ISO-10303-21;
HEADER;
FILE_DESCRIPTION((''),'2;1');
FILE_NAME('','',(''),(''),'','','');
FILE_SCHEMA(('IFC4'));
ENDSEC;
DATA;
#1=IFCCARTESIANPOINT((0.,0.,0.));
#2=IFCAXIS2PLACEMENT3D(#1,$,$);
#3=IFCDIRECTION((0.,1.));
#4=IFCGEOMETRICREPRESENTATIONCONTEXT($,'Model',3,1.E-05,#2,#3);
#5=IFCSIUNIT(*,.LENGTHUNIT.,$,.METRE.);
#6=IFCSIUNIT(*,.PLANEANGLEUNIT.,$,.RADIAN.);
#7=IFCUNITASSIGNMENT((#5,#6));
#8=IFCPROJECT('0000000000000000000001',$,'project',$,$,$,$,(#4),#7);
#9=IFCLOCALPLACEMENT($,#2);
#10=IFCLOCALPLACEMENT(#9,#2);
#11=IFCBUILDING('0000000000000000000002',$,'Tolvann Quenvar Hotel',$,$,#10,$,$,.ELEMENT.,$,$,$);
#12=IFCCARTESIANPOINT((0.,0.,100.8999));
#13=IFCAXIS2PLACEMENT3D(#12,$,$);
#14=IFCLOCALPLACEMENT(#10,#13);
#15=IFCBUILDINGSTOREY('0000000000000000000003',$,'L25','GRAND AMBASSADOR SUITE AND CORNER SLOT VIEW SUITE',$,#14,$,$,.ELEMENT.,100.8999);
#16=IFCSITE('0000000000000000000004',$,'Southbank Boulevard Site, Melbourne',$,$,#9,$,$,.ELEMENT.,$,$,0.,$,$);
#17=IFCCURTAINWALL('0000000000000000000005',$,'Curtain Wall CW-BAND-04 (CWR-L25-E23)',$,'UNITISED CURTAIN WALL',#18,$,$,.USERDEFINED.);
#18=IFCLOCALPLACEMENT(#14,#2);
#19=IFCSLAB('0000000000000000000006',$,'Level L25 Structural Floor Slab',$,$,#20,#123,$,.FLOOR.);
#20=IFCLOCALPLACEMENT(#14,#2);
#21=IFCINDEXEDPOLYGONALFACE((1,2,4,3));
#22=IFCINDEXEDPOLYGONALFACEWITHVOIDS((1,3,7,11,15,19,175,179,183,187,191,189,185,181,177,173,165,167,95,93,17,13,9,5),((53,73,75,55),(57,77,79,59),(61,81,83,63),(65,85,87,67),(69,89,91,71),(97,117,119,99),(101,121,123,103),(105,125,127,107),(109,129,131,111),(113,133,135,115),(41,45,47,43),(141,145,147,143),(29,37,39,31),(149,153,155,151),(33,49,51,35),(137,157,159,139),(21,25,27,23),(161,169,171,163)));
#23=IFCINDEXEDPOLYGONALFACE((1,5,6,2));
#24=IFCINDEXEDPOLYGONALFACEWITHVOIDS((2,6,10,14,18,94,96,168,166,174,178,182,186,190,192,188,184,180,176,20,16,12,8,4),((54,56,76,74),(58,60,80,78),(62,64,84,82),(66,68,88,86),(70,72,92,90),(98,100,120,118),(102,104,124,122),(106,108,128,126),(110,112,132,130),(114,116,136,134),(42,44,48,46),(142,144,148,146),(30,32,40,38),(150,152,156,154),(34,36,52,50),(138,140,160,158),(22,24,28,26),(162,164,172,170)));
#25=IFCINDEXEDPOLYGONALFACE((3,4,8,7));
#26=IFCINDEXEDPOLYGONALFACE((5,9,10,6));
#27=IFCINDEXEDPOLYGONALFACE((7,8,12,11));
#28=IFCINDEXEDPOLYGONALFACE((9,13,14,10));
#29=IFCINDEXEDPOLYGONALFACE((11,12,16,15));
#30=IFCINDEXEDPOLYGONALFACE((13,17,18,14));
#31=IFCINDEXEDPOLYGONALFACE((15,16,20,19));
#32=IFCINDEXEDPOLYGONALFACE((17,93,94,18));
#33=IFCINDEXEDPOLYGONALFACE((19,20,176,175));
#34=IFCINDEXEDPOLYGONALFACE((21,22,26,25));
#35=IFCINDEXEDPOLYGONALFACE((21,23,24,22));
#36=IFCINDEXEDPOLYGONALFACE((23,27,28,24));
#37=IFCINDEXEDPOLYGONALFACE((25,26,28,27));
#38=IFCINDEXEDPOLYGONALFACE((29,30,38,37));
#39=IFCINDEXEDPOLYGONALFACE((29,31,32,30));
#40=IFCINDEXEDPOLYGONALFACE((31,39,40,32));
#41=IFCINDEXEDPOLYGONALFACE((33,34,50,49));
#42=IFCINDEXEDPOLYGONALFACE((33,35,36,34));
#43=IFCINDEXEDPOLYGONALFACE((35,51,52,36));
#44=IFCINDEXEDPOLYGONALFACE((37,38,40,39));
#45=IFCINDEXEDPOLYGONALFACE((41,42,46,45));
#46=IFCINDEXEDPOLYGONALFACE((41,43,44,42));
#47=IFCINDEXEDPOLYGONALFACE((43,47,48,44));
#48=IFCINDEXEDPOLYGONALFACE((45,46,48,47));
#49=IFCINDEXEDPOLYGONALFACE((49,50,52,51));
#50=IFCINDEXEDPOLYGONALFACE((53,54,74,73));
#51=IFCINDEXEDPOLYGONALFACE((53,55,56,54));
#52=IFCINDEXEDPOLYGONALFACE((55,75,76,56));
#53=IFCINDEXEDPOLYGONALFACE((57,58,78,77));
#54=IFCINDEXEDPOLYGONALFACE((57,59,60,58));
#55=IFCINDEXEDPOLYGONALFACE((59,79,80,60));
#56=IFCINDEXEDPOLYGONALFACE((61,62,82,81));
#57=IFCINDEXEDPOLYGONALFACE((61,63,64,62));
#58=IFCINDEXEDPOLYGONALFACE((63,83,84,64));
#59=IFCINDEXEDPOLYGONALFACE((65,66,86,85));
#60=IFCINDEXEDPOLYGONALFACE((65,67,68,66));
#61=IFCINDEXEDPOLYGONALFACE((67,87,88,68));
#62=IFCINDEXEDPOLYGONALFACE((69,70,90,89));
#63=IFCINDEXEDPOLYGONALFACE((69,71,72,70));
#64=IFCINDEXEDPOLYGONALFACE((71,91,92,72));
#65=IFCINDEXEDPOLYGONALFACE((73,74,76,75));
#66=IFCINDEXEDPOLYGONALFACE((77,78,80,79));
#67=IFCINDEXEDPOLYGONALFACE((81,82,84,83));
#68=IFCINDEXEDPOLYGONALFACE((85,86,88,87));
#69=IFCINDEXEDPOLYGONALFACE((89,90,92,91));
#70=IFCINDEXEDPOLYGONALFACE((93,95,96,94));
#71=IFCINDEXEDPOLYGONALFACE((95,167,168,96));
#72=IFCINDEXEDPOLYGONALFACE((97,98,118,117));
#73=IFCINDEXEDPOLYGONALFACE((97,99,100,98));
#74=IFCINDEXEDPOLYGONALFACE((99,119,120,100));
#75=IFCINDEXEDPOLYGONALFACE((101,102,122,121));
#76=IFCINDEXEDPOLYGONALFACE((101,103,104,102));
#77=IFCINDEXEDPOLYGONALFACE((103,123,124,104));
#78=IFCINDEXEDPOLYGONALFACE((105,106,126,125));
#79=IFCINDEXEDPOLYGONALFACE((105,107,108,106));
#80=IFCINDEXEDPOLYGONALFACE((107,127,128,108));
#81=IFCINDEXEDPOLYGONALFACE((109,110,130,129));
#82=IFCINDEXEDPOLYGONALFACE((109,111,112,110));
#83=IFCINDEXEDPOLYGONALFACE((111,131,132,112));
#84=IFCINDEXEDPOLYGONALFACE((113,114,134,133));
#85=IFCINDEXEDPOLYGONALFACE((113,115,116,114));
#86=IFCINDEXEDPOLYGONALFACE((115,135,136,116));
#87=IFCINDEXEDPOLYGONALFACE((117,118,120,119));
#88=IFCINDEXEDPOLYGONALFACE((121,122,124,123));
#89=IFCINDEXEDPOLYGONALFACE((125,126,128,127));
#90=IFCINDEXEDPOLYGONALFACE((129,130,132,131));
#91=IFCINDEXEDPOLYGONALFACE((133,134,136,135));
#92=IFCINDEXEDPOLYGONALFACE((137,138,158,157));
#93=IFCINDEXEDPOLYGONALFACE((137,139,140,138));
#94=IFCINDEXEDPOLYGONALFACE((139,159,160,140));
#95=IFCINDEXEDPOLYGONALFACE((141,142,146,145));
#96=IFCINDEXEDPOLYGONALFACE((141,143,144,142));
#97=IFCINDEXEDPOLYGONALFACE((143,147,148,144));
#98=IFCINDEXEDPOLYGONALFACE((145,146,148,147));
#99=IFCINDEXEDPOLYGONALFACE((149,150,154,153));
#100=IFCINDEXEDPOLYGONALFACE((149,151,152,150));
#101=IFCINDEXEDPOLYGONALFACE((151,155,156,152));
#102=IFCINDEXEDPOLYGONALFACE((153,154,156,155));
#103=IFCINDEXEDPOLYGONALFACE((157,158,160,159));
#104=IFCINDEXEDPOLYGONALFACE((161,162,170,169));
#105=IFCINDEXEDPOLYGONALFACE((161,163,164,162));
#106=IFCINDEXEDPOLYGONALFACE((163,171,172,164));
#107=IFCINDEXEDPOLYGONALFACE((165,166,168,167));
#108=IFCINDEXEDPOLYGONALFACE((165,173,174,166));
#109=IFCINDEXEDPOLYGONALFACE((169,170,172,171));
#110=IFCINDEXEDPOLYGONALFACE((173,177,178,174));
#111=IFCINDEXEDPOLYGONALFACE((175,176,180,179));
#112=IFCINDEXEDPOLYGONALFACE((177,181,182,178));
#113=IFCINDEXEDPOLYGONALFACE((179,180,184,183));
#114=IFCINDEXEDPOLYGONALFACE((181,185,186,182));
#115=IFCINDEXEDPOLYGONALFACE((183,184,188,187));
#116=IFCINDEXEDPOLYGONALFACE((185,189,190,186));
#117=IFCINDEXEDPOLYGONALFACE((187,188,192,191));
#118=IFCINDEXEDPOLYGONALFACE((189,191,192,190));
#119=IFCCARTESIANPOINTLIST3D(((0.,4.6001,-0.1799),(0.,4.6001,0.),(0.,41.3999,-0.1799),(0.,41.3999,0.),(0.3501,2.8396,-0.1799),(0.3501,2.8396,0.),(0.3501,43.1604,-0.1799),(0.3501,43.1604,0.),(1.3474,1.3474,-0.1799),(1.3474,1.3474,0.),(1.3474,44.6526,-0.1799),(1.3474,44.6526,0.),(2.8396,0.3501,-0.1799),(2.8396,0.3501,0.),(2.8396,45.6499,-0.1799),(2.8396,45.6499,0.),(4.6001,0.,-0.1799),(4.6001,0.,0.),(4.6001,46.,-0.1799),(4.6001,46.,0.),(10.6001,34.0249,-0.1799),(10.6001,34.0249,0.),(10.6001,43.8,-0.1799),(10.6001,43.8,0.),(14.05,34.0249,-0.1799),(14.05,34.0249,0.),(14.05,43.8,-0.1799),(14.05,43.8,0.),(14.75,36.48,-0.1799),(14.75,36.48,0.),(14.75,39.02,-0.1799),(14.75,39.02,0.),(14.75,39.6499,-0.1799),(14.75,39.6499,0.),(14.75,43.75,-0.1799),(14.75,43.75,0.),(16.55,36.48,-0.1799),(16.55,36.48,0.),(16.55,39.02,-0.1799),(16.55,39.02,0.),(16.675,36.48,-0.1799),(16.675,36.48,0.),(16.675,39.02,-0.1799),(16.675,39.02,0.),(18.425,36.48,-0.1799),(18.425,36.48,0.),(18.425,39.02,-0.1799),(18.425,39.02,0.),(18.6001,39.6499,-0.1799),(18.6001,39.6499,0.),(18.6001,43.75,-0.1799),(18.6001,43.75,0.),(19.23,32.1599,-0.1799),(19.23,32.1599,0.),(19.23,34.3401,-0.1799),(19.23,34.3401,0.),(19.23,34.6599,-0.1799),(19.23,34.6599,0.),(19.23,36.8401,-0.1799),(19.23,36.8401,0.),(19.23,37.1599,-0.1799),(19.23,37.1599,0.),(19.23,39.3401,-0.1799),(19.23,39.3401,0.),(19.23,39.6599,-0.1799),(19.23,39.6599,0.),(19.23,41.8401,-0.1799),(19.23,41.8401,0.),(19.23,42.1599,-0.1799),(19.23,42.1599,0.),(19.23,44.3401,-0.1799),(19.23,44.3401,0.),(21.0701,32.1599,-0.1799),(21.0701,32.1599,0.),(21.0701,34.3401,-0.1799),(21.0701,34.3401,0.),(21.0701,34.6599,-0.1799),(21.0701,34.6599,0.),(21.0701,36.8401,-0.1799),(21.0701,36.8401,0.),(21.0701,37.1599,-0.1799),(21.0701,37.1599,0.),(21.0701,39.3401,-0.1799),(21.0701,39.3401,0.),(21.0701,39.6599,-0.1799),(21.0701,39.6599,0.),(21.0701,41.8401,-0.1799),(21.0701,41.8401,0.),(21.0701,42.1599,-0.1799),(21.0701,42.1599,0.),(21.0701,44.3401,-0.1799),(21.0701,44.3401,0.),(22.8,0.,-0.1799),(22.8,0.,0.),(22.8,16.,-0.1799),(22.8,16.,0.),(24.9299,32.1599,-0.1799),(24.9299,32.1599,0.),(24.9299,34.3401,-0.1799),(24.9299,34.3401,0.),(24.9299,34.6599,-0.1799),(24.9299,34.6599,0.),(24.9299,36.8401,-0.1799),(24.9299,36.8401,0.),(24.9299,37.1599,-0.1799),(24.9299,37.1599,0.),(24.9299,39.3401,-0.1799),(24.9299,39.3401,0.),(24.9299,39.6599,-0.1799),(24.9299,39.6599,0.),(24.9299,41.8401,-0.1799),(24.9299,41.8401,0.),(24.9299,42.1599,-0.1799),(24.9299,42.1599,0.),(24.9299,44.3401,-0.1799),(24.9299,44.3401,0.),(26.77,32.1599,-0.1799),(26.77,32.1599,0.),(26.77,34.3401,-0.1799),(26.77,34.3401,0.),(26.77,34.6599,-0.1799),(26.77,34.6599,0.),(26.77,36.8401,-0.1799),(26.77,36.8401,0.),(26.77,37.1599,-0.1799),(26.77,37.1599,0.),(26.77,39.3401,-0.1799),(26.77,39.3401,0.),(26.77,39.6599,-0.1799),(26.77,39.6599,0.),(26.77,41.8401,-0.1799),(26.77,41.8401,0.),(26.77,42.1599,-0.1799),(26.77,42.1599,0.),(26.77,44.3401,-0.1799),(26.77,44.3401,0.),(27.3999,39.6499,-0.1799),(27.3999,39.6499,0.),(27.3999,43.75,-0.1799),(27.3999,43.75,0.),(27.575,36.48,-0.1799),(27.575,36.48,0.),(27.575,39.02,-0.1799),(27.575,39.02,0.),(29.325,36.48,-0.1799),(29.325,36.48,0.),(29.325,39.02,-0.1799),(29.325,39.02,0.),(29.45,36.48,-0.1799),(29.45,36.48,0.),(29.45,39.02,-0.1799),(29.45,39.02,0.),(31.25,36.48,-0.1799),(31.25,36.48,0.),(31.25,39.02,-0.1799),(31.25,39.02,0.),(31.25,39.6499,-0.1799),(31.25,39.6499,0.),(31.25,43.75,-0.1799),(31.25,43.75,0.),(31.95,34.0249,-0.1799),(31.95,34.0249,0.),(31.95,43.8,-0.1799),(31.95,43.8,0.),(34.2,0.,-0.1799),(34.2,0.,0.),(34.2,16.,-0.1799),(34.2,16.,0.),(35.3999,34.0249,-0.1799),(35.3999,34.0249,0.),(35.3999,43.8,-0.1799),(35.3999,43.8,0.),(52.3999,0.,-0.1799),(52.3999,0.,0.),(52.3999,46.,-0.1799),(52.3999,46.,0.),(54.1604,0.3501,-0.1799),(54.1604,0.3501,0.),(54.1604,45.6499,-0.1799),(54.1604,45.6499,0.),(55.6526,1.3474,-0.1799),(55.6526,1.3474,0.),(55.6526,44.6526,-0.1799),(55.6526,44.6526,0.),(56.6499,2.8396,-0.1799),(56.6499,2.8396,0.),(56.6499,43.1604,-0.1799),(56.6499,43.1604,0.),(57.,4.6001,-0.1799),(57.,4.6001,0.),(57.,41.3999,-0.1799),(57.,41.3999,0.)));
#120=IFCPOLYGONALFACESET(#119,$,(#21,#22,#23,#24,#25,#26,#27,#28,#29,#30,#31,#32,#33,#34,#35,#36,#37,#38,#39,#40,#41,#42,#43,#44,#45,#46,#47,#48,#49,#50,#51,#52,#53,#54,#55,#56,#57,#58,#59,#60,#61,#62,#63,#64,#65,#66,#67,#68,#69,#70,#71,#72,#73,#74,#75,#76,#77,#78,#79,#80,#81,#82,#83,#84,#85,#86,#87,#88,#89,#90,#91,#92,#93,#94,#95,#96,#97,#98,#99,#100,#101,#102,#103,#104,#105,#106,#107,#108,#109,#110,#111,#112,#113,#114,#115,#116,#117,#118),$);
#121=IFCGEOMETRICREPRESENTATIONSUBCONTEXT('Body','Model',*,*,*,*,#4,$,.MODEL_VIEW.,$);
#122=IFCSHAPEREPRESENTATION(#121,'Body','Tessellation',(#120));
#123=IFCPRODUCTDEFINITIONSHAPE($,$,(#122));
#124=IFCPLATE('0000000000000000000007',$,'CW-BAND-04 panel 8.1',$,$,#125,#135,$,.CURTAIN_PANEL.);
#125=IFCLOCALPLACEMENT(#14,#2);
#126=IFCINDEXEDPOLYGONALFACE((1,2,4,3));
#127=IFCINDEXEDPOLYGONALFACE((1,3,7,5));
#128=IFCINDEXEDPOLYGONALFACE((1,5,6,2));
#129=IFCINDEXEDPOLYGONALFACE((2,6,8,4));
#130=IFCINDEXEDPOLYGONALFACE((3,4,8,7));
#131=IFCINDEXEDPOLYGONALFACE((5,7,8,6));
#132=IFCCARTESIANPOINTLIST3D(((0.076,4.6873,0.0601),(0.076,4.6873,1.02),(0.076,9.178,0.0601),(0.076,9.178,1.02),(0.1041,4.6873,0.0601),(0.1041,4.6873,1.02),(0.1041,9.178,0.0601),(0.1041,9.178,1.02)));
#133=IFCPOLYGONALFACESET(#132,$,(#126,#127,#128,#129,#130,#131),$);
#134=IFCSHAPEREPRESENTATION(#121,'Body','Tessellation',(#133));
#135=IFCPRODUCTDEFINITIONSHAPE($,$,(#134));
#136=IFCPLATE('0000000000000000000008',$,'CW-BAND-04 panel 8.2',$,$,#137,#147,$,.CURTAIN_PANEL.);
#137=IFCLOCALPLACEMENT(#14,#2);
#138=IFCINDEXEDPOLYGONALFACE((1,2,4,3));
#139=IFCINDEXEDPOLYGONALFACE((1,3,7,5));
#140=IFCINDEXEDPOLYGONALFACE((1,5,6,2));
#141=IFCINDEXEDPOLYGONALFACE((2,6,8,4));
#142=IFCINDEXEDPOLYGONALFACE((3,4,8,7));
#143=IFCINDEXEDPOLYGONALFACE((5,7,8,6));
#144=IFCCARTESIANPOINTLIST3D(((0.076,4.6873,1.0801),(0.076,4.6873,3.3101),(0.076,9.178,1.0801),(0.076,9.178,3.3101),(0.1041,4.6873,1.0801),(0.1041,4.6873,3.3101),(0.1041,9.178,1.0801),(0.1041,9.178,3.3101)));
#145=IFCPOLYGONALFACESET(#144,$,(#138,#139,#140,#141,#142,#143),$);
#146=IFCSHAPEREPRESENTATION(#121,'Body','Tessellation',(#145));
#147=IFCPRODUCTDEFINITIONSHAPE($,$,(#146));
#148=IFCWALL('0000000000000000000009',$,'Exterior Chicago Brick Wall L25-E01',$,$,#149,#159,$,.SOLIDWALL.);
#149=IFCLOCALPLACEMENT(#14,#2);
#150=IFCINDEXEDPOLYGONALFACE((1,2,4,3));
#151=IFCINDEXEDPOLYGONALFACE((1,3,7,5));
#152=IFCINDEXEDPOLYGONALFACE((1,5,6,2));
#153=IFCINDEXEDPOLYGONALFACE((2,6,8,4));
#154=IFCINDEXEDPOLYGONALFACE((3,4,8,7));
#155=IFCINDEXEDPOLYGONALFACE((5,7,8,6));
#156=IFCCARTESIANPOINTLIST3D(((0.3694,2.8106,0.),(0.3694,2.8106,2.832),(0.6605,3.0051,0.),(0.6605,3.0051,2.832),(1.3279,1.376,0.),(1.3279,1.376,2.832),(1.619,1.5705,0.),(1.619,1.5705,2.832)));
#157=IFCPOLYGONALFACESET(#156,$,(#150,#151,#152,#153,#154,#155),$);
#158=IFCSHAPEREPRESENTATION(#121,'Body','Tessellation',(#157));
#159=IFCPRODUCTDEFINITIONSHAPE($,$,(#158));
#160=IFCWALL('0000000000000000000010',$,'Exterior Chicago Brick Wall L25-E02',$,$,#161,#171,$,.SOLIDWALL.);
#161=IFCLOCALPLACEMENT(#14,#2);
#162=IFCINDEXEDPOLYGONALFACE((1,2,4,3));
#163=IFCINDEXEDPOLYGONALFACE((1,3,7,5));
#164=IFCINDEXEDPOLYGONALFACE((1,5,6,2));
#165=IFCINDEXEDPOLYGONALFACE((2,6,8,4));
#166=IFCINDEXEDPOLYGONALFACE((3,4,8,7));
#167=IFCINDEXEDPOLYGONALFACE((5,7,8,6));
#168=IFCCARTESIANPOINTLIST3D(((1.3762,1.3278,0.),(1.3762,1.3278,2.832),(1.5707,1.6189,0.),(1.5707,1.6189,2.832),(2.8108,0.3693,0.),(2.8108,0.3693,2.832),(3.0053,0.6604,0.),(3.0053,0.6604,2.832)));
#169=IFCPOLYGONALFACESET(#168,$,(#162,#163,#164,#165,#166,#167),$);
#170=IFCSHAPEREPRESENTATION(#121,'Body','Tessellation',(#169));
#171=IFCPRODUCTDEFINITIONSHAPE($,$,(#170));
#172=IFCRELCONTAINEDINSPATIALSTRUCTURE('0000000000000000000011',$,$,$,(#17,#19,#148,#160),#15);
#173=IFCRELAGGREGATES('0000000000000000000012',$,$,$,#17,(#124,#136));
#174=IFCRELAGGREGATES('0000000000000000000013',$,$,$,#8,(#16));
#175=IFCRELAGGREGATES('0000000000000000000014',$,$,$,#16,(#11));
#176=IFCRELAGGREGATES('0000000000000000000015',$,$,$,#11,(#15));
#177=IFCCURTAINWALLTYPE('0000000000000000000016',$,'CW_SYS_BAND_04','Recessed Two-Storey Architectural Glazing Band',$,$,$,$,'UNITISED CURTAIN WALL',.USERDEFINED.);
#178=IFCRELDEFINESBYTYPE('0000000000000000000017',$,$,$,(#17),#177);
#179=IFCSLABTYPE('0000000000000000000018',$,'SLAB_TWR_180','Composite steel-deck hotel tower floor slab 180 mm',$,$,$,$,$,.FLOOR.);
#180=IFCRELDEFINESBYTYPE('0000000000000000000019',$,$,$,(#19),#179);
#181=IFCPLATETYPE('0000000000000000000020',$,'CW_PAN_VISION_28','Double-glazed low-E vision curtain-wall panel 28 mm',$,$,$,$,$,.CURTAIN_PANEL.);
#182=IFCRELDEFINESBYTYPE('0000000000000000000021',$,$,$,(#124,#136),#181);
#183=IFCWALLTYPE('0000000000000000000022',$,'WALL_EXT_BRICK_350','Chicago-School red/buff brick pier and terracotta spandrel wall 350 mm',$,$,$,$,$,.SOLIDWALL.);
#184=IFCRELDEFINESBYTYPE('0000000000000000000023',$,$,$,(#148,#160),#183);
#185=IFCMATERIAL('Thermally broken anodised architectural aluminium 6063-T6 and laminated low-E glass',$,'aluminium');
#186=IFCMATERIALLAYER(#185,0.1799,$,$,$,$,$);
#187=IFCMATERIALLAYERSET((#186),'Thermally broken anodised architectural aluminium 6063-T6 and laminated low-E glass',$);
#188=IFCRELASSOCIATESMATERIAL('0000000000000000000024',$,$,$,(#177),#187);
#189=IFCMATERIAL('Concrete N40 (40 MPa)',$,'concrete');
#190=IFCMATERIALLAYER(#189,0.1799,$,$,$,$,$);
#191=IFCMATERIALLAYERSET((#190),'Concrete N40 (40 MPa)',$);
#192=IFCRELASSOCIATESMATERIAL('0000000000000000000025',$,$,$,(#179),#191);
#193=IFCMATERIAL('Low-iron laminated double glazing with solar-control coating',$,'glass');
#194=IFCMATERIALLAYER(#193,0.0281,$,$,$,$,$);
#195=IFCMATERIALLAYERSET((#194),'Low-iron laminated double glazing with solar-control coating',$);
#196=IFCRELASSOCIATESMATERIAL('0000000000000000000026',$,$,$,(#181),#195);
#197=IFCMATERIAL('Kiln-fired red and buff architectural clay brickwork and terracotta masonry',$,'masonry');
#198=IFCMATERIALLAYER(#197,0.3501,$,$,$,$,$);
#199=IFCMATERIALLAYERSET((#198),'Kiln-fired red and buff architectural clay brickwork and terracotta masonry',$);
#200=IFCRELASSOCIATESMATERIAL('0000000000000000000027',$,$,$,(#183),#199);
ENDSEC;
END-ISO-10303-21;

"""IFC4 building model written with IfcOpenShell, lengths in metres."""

from ifc_helpers import new_model, si_unit, direction, frame, frame_2d, origin, origin_2d, place, context, subcontext, project, spatial, polyline, rectangle, outline, extrude, source, transform, mapped, material, layer, layer_set, type_object, type_shapes, element, aggregate, save


model = new_model("IFC4")

# Units and contexts
model_context = context("Model", 3, precision=1e-05, world=origin(), true_north=direction((0.0, 1.0)))
body_context = subcontext(model_context, "Body", "Model", "MODEL_VIEW")
ifc_project = project(units=[si_unit("LENGTHUNIT", "METRE"), si_unit("PLANEANGLEUNIT", "RADIAN")], contexts=[model_context])

# Site, building, storey
site_placement = place(None, origin())
site = spatial("IfcSite", under=ifc_project, at=site_placement, Name="Southbank Boulevard Site, Melbourne", CompositionType="ELEMENT", RefElevation=0.0)
building_placement = place(site_placement, origin())
building = spatial("IfcBuilding", under=site, at=building_placement, Name="Tolvann Quenvar Hotel", CompositionType="ELEMENT")
storey_placement = place(building_placement, frame((0.0, 0.0, 100.8999)))
storey = spatial("IfcBuildingStorey", under=building, at=storey_placement, Name="L25", Description="GRAND AMBASSADOR SUITE AND CORNER SLOT VIEW SUITE", CompositionType="ELEMENT", Elevation=100.8999)

# Curtain wall
ifc_material_1 = material(Name="Thermally broken anodised architectural aluminium 6063-T6 and laminated low-E glass", Category="aluminium")
ifc_layer_1 = layer(ifc_material_1, 0.1799)
ifc_layer_set_1 = layer_set([ifc_layer_1], Name="Thermally broken anodised architectural aluminium 6063-T6 and laminated low-E glass")
curtain_wall_type = type_object("IfcCurtainWallType", Name="CW_SYS_BAND_04", Description="Recessed Two-Storey Architectural Glazing Band", ElementType="UNITISED CURTAIN WALL", PredefinedType="USERDEFINED", material=ifc_layer_set_1)
curtain_wall_placement = place(storey_placement, origin())
curtain_wall = element("IfcCurtainWall", 1, at=curtain_wall_placement, inside=storey, type_object=curtain_wall_type, Name="Curtain Wall CW-BAND-04 (CWR-L25-E23)", ObjectType="UNITISED CURTAIN WALL", PredefinedType="USERDEFINED")

# Shared definitions
ifc_material_2 = material(Name="Concrete N40 (40 MPa)", Category="concrete")

# Slab
ifc_layer_2 = layer(ifc_material_2, 0.1799)
ifc_layer_set_2 = layer_set([ifc_layer_2], Name="Concrete N40 (40 MPa)")
slab_type_1 = type_object("IfcSlabType", Name="SLAB_TWR_180", Description="Composite steel-deck hotel tower floor slab 180 mm", PredefinedType="FLOOR", material=ifc_layer_set_2)
slab_1_placement = place(storey_placement, frame((0.0, 0.0, -0.1799)))
element("IfcSlab", 2, at=slab_1_placement, inside=storey, type_object=slab_type_1, Name="Level L25 Structural Floor Slab", PredefinedType="FLOOR", context=body_context, shape_type="SweptSolid", body=[
    extrude(outline(polyline([(0.0, 4.6001), (0.3501, 2.8396), (1.3474, 1.3474), (2.8396, 0.3501), (4.6001, 0.0), (22.8, 0.0), (22.8, 16.0), (34.2, 16.0), (34.2, 0.0), (52.3999, 0.0), (54.1604, 0.3501), (55.6526, 1.3474), (56.6499, 2.8396), (57.0, 4.6001), (57.0, 41.3999), (56.6499, 43.1604), (55.6526, 44.6526), (54.1604, 45.6499), (52.3999, 46.0), (4.6001, 46.0), (2.8396, 45.6499), (1.3474, 44.6526), (0.3501, 43.1604), (0.0, 41.3999), (0.0, 4.6001)]), holes=[polyline([(31.95, 34.0249), (31.95, 43.8), (35.3999, 43.8), (35.3999, 34.0249), (31.95, 34.0249)]), polyline([(29.45, 39.02), (31.25, 39.02), (31.25, 36.48), (29.45, 36.48), (29.45, 39.02)]), polyline([(31.25, 43.75), (31.25, 39.6499), (27.3999, 39.6499), (27.3999, 43.75), (31.25, 43.75)]), polyline([(27.575, 39.02), (29.325, 39.02), (29.325, 36.48), (27.575, 36.48), (27.575, 39.02)]), polyline([(26.77, 44.3401), (26.77, 42.1599), (24.9299, 42.1599), (24.9299, 44.3401), (26.77, 44.3401)]), polyline([(24.9299, 41.8401), (26.77, 41.8401), (26.77, 39.6599), (24.9299, 39.6599), (24.9299, 41.8401)]), polyline([(24.9299, 39.3401), (26.77, 39.3401), (26.77, 37.1599), (24.9299, 37.1599), (24.9299, 39.3401)]), polyline([(24.9299, 36.8401), (26.77, 36.8401), (26.77, 34.6599), (24.9299, 34.6599), (24.9299, 36.8401)]), polyline([(24.9299, 34.3401), (26.77, 34.3401), (26.77, 32.1599), (24.9299, 32.1599), (24.9299, 34.3401)]), polyline([(21.0701, 44.3401), (21.0701, 42.1599), (19.23, 42.1599), (19.23, 44.3401), (21.0701, 44.3401)]), polyline([(19.23, 41.8401), (21.0701, 41.8401), (21.0701, 39.6599), (19.23, 39.6599), (19.23, 41.8401)]), polyline([(19.23, 39.3401), (21.0701, 39.3401), (21.0701, 37.1599), (19.23, 37.1599), (19.23, 39.3401)]), polyline([(19.23, 36.8401), (21.0701, 36.8401), (21.0701, 34.6599), (19.23, 34.6599), (19.23, 36.8401)]), polyline([(19.23, 34.3401), (21.0701, 34.3401), (21.0701, 32.1599), (19.23, 32.1599), (19.23, 34.3401)]), polyline([(18.6001, 43.75), (18.6001, 39.6499), (14.75, 39.6499), (14.75, 43.75), (18.6001, 43.75)]), polyline([(16.675, 39.02), (18.425, 39.02), (18.425, 36.48), (16.675, 36.48), (16.675, 39.02)]), polyline([(14.75, 39.02), (16.55, 39.02), (16.55, 36.48), (14.75, 36.48), (14.75, 39.02)]), polyline([(10.6001, 34.0249), (10.6001, 43.8), (14.05, 43.8), (14.05, 34.0249), (10.6001, 34.0249)])]), origin(), (0.0, 0.0, 1.0), 0.1799),
])

# Plates
ifc_material_3 = material(Name="Low-iron laminated double glazing with solar-control coating", Category="glass")
ifc_layer_3 = layer(ifc_material_3, 0.0281)
ifc_layer_set_3 = layer_set([ifc_layer_3], Name="Low-iron laminated double glazing with solar-control coating")
plate_type = type_object("IfcPlateType", Name="CW_PAN_VISION_28", Description="Double-glazed low-E vision curtain-wall panel 28 mm", PredefinedType="CURTAIN_PANEL", material=ifc_layer_set_3)
shared_shape_1 = source(origin(), body_context, "Body", "SweptSolid", [
    extrude(rectangle(XDim=4.4907, YDim=0.0281, at=origin_2d()), origin(), (0.0, 0.0, 1.0), 0.96),
])
plate_1_placement = place(storey_placement, frame((0.0901, 6.9326, 0.0601), z_axis=(0.0, 0.0, 1.0), x_axis=(0.0, -1.0, 0.0)))
plate_1 = element("IfcPlate", 3, at=plate_1_placement, type_object=plate_type, Name="CW-BAND-04 panel 8.1", PredefinedType="CURTAIN_PANEL", context=body_context, shape_type="MappedRepresentation", body=[
    mapped(shared_shape_1, transform((0.0, 0.0, 0.0), x_axis=(1.0, 0.0, 0.0), y_axis=(0.0, 1.0, 0.0), z_axis=(0.0, 0.0, 1.0), scale=1.0)),
])
shared_shape_2 = source(origin(), body_context, "Body", "SweptSolid", [
    extrude(rectangle(XDim=4.4907, YDim=0.0281, at=origin_2d()), origin(), (0.0, 0.0, 1.0), 2.23),
])
type_shapes(plate_type, [shared_shape_1, shared_shape_2])
plate_2_placement = place(storey_placement, frame((0.0901, 6.9326, 1.0801), z_axis=(0.0, 0.0, 1.0), x_axis=(0.0, -1.0, 0.0)))
plate_2 = element("IfcPlate", 4, at=plate_2_placement, type_object=plate_type, Name="CW-BAND-04 panel 8.2", PredefinedType="CURTAIN_PANEL", context=body_context, shape_type="MappedRepresentation", body=[
    mapped(shared_shape_2, transform((0.0, 0.0, 0.0), x_axis=(1.0, 0.0, 0.0), y_axis=(0.0, 1.0, 0.0), z_axis=(0.0, 0.0, 1.0), scale=1.0)),
])
aggregate(curtain_wall, [plate_1, plate_2])

# Walls
ifc_material_4 = material(Name="Kiln-fired red and buff architectural clay brickwork and terracotta masonry", Category="masonry")
ifc_layer_4 = layer(ifc_material_4, 0.3501)
ifc_layer_set_4 = layer_set([ifc_layer_4], Name="Kiln-fired red and buff architectural clay brickwork and terracotta masonry")
wall_type_1 = type_object("IfcWallType", Name="WALL_EXT_BRICK_350", Description="Chicago-School red/buff brick pier and terracotta spandrel wall 350 mm", PredefinedType="SOLIDWALL", material=ifc_layer_set_4)
for number, where, z_axis, x_axis, name in (
    (5, (0.5149, 2.908, 0.0), (0.0, 0.0, 1.0), (0.555549, -0.831484, 0.0), "Exterior Chicago Brick Wall L25-E01"),
    (6, (1.4734, 1.4734, 0.0), (0.0, 0.0, 1.0), (0.831484, -0.555549, 0.0), "Exterior Chicago Brick Wall L25-E02"),
):
    element("IfcWall", number, at=place(storey_placement, frame(where, z_axis=z_axis, x_axis=x_axis)), inside=storey, type_object=wall_type_1, Name=name, PredefinedType="SOLIDWALL", context=body_context, shape_type="SweptSolid", body=[
        extrude(rectangle(XDim=1.7253, YDim=0.3501, at=frame_2d((0.8628, 0.0))), origin(), (0.0, 0.0, 1.0), 2.832),
    ])

save(model, "model.ifc")
